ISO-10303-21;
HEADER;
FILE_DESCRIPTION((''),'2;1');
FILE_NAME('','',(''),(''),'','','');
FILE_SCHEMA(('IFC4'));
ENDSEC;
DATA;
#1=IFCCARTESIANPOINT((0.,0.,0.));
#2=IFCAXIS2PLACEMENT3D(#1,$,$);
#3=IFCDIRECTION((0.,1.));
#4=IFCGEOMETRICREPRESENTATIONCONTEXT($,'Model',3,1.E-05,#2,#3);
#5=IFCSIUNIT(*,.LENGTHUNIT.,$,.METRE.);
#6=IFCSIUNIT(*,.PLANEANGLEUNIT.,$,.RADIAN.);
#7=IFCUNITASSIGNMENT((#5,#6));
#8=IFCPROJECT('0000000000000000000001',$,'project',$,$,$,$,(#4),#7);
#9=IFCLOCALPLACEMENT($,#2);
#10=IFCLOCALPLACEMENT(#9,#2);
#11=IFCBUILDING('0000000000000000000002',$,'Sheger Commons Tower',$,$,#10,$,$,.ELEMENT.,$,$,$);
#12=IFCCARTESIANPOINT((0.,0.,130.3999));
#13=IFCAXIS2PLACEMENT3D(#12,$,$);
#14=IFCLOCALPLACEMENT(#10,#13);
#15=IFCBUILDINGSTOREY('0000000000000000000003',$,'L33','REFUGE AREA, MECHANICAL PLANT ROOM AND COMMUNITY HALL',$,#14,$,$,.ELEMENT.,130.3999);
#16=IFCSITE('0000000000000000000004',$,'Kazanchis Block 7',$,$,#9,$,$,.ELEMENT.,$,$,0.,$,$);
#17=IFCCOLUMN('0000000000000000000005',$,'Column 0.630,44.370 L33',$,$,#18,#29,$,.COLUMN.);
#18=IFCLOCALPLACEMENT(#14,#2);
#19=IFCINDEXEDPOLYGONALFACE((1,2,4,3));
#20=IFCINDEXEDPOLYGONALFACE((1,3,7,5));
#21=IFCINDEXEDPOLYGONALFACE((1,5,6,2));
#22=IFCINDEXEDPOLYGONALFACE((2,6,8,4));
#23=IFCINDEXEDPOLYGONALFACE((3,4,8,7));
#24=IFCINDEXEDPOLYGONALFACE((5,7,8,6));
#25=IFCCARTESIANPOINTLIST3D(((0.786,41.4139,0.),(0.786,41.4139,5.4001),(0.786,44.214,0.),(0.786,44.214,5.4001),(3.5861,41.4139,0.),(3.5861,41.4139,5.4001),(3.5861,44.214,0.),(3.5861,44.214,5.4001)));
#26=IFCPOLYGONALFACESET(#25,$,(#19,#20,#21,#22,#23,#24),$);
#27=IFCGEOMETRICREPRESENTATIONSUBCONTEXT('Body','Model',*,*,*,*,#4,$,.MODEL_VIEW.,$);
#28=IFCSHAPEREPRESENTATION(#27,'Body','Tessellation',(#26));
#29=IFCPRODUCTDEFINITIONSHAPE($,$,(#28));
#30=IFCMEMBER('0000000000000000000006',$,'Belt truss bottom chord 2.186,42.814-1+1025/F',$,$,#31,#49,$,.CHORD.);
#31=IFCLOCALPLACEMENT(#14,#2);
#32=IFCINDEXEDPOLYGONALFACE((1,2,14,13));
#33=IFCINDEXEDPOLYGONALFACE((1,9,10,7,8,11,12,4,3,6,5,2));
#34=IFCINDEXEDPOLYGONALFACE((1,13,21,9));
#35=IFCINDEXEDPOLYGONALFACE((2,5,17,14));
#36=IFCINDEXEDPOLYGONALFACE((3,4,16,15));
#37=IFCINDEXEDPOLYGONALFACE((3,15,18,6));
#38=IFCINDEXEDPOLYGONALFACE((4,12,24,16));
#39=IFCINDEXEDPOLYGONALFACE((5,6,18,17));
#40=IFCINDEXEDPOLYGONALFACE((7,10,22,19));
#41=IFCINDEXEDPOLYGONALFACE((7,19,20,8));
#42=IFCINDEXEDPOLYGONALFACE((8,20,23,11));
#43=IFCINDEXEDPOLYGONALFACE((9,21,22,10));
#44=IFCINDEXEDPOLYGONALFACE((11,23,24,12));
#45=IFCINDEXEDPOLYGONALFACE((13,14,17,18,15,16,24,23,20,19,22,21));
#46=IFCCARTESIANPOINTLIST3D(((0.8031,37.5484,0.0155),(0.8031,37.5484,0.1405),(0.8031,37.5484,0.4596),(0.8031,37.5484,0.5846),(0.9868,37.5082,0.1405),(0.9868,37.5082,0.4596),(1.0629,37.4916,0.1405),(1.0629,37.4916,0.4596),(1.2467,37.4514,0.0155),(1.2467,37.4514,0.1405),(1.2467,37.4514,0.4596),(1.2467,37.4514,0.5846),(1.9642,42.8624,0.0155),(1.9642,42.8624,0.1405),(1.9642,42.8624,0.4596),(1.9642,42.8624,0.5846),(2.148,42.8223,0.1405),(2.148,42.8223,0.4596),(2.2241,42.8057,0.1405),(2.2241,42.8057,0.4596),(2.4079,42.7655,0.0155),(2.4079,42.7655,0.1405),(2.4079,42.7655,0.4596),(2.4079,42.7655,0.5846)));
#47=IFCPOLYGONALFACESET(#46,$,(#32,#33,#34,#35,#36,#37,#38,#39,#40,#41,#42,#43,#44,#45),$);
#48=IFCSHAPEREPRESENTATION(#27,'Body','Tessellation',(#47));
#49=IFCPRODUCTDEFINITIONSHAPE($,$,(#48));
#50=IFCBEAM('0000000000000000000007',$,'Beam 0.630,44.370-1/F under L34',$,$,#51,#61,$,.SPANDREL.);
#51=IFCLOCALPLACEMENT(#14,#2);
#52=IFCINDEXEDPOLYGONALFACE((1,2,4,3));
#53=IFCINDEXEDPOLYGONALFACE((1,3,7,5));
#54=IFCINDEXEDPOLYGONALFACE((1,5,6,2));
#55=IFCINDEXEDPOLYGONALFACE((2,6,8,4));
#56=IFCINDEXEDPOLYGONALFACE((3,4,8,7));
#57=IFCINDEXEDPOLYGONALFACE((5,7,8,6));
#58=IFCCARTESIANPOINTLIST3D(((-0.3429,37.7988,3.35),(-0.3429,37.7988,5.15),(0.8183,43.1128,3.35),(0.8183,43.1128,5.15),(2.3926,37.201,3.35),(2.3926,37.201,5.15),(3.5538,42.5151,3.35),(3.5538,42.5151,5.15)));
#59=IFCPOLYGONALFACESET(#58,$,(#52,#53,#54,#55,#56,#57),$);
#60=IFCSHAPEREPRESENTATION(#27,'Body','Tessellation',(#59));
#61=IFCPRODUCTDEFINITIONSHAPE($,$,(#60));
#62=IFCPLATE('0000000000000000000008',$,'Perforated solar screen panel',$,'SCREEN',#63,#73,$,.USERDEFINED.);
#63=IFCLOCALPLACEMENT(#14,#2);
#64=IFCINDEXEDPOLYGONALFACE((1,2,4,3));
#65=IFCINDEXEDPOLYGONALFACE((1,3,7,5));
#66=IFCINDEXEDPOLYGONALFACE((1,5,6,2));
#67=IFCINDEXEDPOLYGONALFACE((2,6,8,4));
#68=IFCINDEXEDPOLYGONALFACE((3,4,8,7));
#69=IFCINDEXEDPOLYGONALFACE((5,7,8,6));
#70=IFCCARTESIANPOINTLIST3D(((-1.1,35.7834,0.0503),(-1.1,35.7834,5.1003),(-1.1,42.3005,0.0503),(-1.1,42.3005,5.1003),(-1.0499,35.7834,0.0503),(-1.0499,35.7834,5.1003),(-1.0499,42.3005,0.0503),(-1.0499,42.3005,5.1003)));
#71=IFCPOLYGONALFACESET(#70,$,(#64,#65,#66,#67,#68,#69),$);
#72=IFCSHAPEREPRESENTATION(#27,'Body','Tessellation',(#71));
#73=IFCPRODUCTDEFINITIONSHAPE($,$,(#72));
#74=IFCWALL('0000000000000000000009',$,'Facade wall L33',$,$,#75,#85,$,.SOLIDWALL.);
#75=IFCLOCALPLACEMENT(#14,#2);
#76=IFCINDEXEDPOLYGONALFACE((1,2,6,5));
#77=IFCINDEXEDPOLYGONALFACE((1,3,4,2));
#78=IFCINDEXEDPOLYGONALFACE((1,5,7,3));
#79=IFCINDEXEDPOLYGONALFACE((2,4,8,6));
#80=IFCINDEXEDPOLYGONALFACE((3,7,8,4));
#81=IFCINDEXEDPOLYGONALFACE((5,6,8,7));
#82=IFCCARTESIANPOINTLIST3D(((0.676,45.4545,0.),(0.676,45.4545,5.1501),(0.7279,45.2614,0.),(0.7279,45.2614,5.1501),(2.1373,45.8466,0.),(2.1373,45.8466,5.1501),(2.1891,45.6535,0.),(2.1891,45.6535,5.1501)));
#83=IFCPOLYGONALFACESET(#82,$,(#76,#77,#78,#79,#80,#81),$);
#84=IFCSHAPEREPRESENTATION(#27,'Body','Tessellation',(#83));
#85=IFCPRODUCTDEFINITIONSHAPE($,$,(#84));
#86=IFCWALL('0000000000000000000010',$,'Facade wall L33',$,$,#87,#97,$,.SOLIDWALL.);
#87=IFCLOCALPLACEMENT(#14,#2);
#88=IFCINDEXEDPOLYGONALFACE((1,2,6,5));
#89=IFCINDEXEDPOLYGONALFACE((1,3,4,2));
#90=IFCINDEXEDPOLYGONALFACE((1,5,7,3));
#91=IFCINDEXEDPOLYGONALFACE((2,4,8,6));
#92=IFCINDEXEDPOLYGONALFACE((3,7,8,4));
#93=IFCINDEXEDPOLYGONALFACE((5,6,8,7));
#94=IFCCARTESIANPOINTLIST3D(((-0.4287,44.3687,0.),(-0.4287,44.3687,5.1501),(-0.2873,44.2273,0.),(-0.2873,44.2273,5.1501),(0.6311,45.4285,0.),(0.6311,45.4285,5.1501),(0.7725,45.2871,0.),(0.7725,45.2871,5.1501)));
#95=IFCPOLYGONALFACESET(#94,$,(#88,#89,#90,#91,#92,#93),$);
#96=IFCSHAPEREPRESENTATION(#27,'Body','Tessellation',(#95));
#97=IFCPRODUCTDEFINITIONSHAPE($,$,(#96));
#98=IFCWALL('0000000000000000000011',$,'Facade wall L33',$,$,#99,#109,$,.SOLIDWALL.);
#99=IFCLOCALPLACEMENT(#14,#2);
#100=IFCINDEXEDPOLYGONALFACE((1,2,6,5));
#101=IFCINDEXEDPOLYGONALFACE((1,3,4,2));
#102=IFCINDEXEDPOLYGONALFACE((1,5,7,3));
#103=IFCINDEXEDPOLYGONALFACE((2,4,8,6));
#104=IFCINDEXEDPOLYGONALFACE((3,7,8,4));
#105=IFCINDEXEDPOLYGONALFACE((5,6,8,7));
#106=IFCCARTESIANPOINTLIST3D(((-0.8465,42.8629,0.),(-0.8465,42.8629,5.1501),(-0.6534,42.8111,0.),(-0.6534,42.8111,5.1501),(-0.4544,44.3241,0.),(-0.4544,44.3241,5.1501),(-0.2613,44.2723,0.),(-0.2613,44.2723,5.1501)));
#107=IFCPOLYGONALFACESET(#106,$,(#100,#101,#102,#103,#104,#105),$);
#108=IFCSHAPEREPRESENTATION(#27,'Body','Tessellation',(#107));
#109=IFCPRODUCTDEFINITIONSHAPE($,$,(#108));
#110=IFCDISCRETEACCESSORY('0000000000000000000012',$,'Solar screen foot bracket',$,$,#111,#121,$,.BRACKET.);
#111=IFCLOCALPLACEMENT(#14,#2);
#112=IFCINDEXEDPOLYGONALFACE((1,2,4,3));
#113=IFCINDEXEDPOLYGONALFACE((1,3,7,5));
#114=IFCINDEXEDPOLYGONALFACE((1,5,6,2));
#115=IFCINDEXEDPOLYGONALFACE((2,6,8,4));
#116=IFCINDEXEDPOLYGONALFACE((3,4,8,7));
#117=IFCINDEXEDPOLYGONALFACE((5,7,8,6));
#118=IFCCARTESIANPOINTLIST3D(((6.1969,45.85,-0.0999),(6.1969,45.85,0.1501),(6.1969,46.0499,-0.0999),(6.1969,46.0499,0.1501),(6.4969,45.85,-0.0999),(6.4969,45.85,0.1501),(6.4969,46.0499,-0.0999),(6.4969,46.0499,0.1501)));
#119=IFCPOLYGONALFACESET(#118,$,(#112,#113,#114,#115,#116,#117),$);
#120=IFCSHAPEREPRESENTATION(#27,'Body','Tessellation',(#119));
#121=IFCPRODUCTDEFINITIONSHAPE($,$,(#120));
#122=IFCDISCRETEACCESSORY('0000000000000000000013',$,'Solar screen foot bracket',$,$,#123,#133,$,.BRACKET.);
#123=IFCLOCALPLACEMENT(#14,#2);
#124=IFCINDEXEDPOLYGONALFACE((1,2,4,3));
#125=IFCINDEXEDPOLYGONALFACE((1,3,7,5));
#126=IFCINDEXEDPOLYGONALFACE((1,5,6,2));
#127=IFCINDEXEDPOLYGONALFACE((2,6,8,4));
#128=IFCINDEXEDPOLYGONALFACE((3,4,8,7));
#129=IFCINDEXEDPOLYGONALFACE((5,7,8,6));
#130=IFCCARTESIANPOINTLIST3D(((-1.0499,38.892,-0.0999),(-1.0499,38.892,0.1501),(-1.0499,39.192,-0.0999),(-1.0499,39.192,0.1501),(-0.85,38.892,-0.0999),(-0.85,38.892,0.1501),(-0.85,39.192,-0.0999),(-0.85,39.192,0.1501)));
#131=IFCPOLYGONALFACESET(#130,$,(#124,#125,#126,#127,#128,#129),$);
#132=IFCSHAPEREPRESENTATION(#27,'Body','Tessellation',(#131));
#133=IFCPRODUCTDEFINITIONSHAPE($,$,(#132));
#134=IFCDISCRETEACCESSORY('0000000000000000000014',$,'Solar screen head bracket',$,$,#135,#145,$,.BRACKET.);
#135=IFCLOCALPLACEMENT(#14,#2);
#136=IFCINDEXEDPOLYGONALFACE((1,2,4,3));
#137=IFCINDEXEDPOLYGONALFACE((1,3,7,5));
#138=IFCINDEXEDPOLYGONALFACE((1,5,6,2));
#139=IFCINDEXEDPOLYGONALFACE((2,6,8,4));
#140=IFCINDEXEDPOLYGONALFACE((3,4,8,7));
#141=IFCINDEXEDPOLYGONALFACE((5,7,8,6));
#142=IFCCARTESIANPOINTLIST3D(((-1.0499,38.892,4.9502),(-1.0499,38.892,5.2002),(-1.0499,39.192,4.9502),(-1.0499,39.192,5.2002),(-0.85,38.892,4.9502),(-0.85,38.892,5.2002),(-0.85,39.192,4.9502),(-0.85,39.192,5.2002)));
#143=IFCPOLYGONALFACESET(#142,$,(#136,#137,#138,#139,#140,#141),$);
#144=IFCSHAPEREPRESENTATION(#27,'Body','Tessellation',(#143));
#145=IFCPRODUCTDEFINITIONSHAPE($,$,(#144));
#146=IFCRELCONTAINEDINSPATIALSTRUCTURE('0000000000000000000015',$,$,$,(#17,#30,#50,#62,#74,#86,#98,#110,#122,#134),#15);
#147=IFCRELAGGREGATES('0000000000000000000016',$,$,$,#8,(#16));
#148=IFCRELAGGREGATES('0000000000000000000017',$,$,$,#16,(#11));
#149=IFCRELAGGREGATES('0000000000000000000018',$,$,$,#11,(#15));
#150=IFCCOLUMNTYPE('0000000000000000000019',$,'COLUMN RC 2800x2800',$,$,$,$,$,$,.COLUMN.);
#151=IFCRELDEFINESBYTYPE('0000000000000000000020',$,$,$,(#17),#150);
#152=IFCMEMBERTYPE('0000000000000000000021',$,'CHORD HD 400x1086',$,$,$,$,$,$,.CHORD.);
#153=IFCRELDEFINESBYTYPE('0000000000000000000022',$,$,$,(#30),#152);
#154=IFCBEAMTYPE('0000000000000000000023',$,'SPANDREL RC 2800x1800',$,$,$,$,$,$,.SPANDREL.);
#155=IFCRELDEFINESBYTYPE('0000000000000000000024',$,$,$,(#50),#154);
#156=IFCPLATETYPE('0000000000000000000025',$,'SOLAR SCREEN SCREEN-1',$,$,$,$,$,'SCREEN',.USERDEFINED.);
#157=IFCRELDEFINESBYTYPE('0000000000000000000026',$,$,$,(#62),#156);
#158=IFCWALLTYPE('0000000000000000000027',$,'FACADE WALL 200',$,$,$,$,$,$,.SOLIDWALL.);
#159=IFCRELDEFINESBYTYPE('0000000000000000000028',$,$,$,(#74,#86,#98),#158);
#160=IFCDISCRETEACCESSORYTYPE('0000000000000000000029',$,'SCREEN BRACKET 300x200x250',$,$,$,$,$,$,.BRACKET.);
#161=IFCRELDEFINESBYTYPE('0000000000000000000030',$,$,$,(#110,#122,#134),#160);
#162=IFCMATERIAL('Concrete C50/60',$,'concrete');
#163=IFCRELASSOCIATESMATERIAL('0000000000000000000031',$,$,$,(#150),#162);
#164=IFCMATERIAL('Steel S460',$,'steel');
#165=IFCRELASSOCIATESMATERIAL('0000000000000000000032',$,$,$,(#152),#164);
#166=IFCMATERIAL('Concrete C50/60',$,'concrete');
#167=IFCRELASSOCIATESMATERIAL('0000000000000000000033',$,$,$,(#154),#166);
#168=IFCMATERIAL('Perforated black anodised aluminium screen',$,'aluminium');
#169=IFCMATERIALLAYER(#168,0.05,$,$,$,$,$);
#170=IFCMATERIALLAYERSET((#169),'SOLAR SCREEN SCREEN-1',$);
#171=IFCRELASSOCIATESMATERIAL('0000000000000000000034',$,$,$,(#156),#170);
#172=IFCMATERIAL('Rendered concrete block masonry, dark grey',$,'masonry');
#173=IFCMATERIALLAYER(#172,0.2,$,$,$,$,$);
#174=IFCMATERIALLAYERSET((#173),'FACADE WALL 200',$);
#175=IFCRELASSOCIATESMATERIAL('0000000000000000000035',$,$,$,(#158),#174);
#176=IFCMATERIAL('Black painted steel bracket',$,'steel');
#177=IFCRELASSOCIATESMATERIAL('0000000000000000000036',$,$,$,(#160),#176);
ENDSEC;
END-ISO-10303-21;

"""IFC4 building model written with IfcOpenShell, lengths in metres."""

from ifc_helpers import new_model, si_unit, direction, frame, frame_2d, origin, origin_2d, place, context, subcontext, project, spatial, rectangle, i_section, extrude, material, layer, layer_set, material_profile, profile_set, type_object, element, save


model = new_model("IFC4")

# Units and contexts
model_context = context("Model", 3, precision=1e-05, world=origin(), true_north=direction((0.0, 1.0)))
body_context = subcontext(model_context, "Body", "Model", "MODEL_VIEW")
ifc_project = project(units=[si_unit("LENGTHUNIT", "METRE"), si_unit("PLANEANGLEUNIT", "RADIAN")], contexts=[model_context])

# Site, building, storey
site_placement = place(None, origin())
site = spatial("IfcSite", under=ifc_project, at=site_placement, Name="Kazanchis Block 7", CompositionType="ELEMENT", RefElevation=0.0)
building_placement = place(site_placement, origin())
building = spatial("IfcBuilding", under=site, at=building_placement, Name="Sheger Commons Tower", CompositionType="ELEMENT")
storey_placement = place(building_placement, frame((0.0, 0.0, 130.3999)))
storey = spatial("IfcBuildingStorey", under=building, at=storey_placement, Name="L33", Description="REFUGE AREA, MECHANICAL PLANT ROOM AND COMMUNITY HALL", CompositionType="ELEMENT", Elevation=130.3999)

# Column
ifc_material_1 = material(Name="Concrete C50/60", Category="concrete")
ifc_material_profile_1 = material_profile(ifc_material_1, rectangle(XDim=2.8, YDim=2.8, at=origin_2d()), Name="RC 2800x2800")
ifc_profile_set_1 = profile_set([ifc_material_profile_1], Name="Concrete C50/60")
column_type = type_object("IfcColumnType", Name="COLUMN RC 2800x2800", PredefinedType="COLUMN", material=ifc_profile_set_1)
column_placement = place(storey_placement, frame((2.186, 42.814, 0.0), z_axis=(0.0, 0.0, 1.0), x_axis=(1.0, 0.0, 0.0)))
element("IfcColumn", 1, at=column_placement, inside=storey, type_object=column_type, Name="Column 0.630,44.370 L33", PredefinedType="COLUMN", context=body_context, shape_type="SweptSolid", body=[
    extrude(rectangle(XDim=2.8, YDim=2.8, at=origin_2d()), origin(), (0.0, 0.0, 1.0), 5.4001),
])

# Member
ifc_material_2 = material(Name="Steel S460", Category="steel")
ifc_material_profile_2 = material_profile(ifc_material_2, i_section(OverallWidth=0.4541, OverallDepth=0.5691, WebThickness=0.0779, FlangeThickness=0.125, at=origin_2d()), Name="HD 400x1086")
ifc_profile_set_2 = profile_set([ifc_material_profile_2], Name="Steel S460")
member_type = type_object("IfcMemberType", Name="CHORD HD 400x1086", PredefinedType="CHORD", material=ifc_profile_set_2)
member_placement = place(storey_placement, frame((2.186, 42.814, 0.3), z_axis=(-0.213469, -0.97695, 0.0), x_axis=(0.97695, -0.213469, 0.0)))
element("IfcMember", 2, at=member_placement, inside=storey, type_object=member_type, Name="Belt truss bottom chord 2.186,42.814-1+1025/F", PredefinedType="CHORD", context=body_context, shape_type="SweptSolid", body=[
    extrude(i_section(OverallWidth=0.4541, OverallDepth=0.5691, WebThickness=0.0779, FlangeThickness=0.125, at=origin_2d()), origin(), (0.0, 0.0, 1.0), 5.4395),
])

# Beam
ifc_material_3 = material(Name="Concrete C50/60", Category="concrete")
ifc_material_profile_3 = material_profile(ifc_material_3, rectangle(XDim=2.8, YDim=1.8, at=origin_2d()), Name="RC 2800x1800")
ifc_profile_set_3 = profile_set([ifc_material_profile_3], Name="Concrete C50/60")
beam_type = type_object("IfcBeamType", Name="SPANDREL RC 2800x1800", PredefinedType="SPANDREL", material=ifc_profile_set_3)
beam_placement = place(storey_placement, frame((2.186, 42.814, 4.25), z_axis=(-0.213469, -0.97695, 0.0), x_axis=(0.97695, -0.213469, 0.0)))
element("IfcBeam", 3, at=beam_placement, inside=storey, type_object=beam_type, Name="Beam 0.630,44.370-1/F under L34", PredefinedType="SPANDREL", context=body_context, shape_type="SweptSolid", body=[
    extrude(rectangle(XDim=2.8, YDim=1.8, at=origin_2d()), origin(), (0.0, 0.0, 1.0), 5.4395),
])

# Plate
ifc_material_4 = material(Name="Perforated black anodised aluminium screen", Category="aluminium")
ifc_layer_1 = layer(ifc_material_4, 0.05)
ifc_layer_set_1 = layer_set([ifc_layer_1], Name="SOLAR SCREEN SCREEN-1")
plate_type = type_object("IfcPlateType", Name="SOLAR SCREEN SCREEN-1", ElementType="SCREEN", PredefinedType="USERDEFINED", material=ifc_layer_set_1)
plate_placement = place(storey_placement, frame((-1.075, 39.042, 0.0503), z_axis=(0.0, 0.0, 1.0), x_axis=(0.0, -1.0, 0.0)))
element("IfcPlate", 4, at=plate_placement, inside=storey, type_object=plate_type, Name="Perforated solar screen panel", ObjectType="SCREEN", PredefinedType="USERDEFINED", context=body_context, shape_type="SweptSolid", body=[
    extrude(rectangle(XDim=6.5171, YDim=0.05, at=origin_2d()), origin(), (0.0, 0.0, 1.0), 5.05),
])

# Walls
ifc_material_5 = material(Name="Rendered concrete block masonry, dark grey", Category="masonry")
ifc_layer_2 = layer(ifc_material_5, 0.2)
ifc_layer_set_2 = layer_set([ifc_layer_2], Name="FACADE WALL 200")
wall_type = type_object("IfcWallType", Name="FACADE WALL 200", PredefinedType="SOLIDWALL", material=ifc_layer_set_2)
wall_1_placement = place(storey_placement, frame((2.1631, 45.75, 0.0), z_axis=(0.0, 0.0, 1.0), x_axis=(-0.965832, -0.259169, 0.0)))
element("IfcWall", 5, at=wall_1_placement, inside=storey, type_object=wall_type, Name="Facade wall L33", PredefinedType="SOLIDWALL", context=body_context, shape_type="SweptSolid", body=[
    extrude(rectangle(XDim=1.5129, YDim=0.2, at=frame_2d((0.7563, 0.0))), origin(), (0.0, 0.0, 1.0), 5.1501),
])
wall_2_placement = place(storey_placement, frame((0.7019, 45.3579, 0.0), z_axis=(0.0, 0.0, 1.0), x_axis=(-0.707107, -0.707107, 0.0)))
element("IfcWall", 6, at=wall_2_placement, inside=storey, type_object=wall_type, Name="Facade wall L33", PredefinedType="SOLIDWALL", context=body_context, shape_type="SweptSolid", body=[
    extrude(rectangle(XDim=1.4988, YDim=0.2, at=frame_2d((0.7495, 0.0))), origin(), (0.0, 0.0, 1.0), 5.1501),
])
wall_3_placement = place(storey_placement, frame((-0.3579, 44.2981, 0.0), z_axis=(0.0, 0.0, 1.0), x_axis=(-0.259169, -0.965832, 0.0)))
element("IfcWall", 7, at=wall_3_placement, inside=storey, type_object=wall_type, Name="Facade wall L33", PredefinedType="SOLIDWALL", context=body_context, shape_type="SweptSolid", body=[
    extrude(rectangle(XDim=1.5129, YDim=0.2, at=frame_2d((0.7563, 0.0))), origin(), (0.0, 0.0, 1.0), 5.1501),
])

# Discrete accessories
ifc_material_6 = material(Name="Black painted steel bracket", Category="steel")
discrete_accessory_type = type_object("IfcDiscreteAccessoryType", Name="SCREEN BRACKET 300x200x250", PredefinedType="BRACKET", material=ifc_material_6)
for number, where, z_axis, x_axis, name in (
    (8, (6.3469, 45.95, -0.0999), (0.0, 0.0, 1.0), (-1.0, 0.0, 0.0), "Solar screen foot bracket"),
    (9, (-0.95, 39.042, -0.0999), (0.0, 0.0, 1.0), (0.0, -1.0, 0.0), "Solar screen foot bracket"),
    (10, (-0.95, 39.042, 4.9502), (0.0, 0.0, 1.0), (0.0, -1.0, 0.0), "Solar screen head bracket"),
):
    element("IfcDiscreteAccessory", number, at=place(storey_placement, frame(where, z_axis=z_axis, x_axis=x_axis)), inside=storey, type_object=discrete_accessory_type, Name=name, PredefinedType="BRACKET", context=body_context, shape_type="SweptSolid", body=[
        extrude(rectangle(XDim=0.3, YDim=0.2, at=origin_2d()), origin(), (0.0, 0.0, 1.0), 0.25),
    ])

save(model, "model.ifc")
